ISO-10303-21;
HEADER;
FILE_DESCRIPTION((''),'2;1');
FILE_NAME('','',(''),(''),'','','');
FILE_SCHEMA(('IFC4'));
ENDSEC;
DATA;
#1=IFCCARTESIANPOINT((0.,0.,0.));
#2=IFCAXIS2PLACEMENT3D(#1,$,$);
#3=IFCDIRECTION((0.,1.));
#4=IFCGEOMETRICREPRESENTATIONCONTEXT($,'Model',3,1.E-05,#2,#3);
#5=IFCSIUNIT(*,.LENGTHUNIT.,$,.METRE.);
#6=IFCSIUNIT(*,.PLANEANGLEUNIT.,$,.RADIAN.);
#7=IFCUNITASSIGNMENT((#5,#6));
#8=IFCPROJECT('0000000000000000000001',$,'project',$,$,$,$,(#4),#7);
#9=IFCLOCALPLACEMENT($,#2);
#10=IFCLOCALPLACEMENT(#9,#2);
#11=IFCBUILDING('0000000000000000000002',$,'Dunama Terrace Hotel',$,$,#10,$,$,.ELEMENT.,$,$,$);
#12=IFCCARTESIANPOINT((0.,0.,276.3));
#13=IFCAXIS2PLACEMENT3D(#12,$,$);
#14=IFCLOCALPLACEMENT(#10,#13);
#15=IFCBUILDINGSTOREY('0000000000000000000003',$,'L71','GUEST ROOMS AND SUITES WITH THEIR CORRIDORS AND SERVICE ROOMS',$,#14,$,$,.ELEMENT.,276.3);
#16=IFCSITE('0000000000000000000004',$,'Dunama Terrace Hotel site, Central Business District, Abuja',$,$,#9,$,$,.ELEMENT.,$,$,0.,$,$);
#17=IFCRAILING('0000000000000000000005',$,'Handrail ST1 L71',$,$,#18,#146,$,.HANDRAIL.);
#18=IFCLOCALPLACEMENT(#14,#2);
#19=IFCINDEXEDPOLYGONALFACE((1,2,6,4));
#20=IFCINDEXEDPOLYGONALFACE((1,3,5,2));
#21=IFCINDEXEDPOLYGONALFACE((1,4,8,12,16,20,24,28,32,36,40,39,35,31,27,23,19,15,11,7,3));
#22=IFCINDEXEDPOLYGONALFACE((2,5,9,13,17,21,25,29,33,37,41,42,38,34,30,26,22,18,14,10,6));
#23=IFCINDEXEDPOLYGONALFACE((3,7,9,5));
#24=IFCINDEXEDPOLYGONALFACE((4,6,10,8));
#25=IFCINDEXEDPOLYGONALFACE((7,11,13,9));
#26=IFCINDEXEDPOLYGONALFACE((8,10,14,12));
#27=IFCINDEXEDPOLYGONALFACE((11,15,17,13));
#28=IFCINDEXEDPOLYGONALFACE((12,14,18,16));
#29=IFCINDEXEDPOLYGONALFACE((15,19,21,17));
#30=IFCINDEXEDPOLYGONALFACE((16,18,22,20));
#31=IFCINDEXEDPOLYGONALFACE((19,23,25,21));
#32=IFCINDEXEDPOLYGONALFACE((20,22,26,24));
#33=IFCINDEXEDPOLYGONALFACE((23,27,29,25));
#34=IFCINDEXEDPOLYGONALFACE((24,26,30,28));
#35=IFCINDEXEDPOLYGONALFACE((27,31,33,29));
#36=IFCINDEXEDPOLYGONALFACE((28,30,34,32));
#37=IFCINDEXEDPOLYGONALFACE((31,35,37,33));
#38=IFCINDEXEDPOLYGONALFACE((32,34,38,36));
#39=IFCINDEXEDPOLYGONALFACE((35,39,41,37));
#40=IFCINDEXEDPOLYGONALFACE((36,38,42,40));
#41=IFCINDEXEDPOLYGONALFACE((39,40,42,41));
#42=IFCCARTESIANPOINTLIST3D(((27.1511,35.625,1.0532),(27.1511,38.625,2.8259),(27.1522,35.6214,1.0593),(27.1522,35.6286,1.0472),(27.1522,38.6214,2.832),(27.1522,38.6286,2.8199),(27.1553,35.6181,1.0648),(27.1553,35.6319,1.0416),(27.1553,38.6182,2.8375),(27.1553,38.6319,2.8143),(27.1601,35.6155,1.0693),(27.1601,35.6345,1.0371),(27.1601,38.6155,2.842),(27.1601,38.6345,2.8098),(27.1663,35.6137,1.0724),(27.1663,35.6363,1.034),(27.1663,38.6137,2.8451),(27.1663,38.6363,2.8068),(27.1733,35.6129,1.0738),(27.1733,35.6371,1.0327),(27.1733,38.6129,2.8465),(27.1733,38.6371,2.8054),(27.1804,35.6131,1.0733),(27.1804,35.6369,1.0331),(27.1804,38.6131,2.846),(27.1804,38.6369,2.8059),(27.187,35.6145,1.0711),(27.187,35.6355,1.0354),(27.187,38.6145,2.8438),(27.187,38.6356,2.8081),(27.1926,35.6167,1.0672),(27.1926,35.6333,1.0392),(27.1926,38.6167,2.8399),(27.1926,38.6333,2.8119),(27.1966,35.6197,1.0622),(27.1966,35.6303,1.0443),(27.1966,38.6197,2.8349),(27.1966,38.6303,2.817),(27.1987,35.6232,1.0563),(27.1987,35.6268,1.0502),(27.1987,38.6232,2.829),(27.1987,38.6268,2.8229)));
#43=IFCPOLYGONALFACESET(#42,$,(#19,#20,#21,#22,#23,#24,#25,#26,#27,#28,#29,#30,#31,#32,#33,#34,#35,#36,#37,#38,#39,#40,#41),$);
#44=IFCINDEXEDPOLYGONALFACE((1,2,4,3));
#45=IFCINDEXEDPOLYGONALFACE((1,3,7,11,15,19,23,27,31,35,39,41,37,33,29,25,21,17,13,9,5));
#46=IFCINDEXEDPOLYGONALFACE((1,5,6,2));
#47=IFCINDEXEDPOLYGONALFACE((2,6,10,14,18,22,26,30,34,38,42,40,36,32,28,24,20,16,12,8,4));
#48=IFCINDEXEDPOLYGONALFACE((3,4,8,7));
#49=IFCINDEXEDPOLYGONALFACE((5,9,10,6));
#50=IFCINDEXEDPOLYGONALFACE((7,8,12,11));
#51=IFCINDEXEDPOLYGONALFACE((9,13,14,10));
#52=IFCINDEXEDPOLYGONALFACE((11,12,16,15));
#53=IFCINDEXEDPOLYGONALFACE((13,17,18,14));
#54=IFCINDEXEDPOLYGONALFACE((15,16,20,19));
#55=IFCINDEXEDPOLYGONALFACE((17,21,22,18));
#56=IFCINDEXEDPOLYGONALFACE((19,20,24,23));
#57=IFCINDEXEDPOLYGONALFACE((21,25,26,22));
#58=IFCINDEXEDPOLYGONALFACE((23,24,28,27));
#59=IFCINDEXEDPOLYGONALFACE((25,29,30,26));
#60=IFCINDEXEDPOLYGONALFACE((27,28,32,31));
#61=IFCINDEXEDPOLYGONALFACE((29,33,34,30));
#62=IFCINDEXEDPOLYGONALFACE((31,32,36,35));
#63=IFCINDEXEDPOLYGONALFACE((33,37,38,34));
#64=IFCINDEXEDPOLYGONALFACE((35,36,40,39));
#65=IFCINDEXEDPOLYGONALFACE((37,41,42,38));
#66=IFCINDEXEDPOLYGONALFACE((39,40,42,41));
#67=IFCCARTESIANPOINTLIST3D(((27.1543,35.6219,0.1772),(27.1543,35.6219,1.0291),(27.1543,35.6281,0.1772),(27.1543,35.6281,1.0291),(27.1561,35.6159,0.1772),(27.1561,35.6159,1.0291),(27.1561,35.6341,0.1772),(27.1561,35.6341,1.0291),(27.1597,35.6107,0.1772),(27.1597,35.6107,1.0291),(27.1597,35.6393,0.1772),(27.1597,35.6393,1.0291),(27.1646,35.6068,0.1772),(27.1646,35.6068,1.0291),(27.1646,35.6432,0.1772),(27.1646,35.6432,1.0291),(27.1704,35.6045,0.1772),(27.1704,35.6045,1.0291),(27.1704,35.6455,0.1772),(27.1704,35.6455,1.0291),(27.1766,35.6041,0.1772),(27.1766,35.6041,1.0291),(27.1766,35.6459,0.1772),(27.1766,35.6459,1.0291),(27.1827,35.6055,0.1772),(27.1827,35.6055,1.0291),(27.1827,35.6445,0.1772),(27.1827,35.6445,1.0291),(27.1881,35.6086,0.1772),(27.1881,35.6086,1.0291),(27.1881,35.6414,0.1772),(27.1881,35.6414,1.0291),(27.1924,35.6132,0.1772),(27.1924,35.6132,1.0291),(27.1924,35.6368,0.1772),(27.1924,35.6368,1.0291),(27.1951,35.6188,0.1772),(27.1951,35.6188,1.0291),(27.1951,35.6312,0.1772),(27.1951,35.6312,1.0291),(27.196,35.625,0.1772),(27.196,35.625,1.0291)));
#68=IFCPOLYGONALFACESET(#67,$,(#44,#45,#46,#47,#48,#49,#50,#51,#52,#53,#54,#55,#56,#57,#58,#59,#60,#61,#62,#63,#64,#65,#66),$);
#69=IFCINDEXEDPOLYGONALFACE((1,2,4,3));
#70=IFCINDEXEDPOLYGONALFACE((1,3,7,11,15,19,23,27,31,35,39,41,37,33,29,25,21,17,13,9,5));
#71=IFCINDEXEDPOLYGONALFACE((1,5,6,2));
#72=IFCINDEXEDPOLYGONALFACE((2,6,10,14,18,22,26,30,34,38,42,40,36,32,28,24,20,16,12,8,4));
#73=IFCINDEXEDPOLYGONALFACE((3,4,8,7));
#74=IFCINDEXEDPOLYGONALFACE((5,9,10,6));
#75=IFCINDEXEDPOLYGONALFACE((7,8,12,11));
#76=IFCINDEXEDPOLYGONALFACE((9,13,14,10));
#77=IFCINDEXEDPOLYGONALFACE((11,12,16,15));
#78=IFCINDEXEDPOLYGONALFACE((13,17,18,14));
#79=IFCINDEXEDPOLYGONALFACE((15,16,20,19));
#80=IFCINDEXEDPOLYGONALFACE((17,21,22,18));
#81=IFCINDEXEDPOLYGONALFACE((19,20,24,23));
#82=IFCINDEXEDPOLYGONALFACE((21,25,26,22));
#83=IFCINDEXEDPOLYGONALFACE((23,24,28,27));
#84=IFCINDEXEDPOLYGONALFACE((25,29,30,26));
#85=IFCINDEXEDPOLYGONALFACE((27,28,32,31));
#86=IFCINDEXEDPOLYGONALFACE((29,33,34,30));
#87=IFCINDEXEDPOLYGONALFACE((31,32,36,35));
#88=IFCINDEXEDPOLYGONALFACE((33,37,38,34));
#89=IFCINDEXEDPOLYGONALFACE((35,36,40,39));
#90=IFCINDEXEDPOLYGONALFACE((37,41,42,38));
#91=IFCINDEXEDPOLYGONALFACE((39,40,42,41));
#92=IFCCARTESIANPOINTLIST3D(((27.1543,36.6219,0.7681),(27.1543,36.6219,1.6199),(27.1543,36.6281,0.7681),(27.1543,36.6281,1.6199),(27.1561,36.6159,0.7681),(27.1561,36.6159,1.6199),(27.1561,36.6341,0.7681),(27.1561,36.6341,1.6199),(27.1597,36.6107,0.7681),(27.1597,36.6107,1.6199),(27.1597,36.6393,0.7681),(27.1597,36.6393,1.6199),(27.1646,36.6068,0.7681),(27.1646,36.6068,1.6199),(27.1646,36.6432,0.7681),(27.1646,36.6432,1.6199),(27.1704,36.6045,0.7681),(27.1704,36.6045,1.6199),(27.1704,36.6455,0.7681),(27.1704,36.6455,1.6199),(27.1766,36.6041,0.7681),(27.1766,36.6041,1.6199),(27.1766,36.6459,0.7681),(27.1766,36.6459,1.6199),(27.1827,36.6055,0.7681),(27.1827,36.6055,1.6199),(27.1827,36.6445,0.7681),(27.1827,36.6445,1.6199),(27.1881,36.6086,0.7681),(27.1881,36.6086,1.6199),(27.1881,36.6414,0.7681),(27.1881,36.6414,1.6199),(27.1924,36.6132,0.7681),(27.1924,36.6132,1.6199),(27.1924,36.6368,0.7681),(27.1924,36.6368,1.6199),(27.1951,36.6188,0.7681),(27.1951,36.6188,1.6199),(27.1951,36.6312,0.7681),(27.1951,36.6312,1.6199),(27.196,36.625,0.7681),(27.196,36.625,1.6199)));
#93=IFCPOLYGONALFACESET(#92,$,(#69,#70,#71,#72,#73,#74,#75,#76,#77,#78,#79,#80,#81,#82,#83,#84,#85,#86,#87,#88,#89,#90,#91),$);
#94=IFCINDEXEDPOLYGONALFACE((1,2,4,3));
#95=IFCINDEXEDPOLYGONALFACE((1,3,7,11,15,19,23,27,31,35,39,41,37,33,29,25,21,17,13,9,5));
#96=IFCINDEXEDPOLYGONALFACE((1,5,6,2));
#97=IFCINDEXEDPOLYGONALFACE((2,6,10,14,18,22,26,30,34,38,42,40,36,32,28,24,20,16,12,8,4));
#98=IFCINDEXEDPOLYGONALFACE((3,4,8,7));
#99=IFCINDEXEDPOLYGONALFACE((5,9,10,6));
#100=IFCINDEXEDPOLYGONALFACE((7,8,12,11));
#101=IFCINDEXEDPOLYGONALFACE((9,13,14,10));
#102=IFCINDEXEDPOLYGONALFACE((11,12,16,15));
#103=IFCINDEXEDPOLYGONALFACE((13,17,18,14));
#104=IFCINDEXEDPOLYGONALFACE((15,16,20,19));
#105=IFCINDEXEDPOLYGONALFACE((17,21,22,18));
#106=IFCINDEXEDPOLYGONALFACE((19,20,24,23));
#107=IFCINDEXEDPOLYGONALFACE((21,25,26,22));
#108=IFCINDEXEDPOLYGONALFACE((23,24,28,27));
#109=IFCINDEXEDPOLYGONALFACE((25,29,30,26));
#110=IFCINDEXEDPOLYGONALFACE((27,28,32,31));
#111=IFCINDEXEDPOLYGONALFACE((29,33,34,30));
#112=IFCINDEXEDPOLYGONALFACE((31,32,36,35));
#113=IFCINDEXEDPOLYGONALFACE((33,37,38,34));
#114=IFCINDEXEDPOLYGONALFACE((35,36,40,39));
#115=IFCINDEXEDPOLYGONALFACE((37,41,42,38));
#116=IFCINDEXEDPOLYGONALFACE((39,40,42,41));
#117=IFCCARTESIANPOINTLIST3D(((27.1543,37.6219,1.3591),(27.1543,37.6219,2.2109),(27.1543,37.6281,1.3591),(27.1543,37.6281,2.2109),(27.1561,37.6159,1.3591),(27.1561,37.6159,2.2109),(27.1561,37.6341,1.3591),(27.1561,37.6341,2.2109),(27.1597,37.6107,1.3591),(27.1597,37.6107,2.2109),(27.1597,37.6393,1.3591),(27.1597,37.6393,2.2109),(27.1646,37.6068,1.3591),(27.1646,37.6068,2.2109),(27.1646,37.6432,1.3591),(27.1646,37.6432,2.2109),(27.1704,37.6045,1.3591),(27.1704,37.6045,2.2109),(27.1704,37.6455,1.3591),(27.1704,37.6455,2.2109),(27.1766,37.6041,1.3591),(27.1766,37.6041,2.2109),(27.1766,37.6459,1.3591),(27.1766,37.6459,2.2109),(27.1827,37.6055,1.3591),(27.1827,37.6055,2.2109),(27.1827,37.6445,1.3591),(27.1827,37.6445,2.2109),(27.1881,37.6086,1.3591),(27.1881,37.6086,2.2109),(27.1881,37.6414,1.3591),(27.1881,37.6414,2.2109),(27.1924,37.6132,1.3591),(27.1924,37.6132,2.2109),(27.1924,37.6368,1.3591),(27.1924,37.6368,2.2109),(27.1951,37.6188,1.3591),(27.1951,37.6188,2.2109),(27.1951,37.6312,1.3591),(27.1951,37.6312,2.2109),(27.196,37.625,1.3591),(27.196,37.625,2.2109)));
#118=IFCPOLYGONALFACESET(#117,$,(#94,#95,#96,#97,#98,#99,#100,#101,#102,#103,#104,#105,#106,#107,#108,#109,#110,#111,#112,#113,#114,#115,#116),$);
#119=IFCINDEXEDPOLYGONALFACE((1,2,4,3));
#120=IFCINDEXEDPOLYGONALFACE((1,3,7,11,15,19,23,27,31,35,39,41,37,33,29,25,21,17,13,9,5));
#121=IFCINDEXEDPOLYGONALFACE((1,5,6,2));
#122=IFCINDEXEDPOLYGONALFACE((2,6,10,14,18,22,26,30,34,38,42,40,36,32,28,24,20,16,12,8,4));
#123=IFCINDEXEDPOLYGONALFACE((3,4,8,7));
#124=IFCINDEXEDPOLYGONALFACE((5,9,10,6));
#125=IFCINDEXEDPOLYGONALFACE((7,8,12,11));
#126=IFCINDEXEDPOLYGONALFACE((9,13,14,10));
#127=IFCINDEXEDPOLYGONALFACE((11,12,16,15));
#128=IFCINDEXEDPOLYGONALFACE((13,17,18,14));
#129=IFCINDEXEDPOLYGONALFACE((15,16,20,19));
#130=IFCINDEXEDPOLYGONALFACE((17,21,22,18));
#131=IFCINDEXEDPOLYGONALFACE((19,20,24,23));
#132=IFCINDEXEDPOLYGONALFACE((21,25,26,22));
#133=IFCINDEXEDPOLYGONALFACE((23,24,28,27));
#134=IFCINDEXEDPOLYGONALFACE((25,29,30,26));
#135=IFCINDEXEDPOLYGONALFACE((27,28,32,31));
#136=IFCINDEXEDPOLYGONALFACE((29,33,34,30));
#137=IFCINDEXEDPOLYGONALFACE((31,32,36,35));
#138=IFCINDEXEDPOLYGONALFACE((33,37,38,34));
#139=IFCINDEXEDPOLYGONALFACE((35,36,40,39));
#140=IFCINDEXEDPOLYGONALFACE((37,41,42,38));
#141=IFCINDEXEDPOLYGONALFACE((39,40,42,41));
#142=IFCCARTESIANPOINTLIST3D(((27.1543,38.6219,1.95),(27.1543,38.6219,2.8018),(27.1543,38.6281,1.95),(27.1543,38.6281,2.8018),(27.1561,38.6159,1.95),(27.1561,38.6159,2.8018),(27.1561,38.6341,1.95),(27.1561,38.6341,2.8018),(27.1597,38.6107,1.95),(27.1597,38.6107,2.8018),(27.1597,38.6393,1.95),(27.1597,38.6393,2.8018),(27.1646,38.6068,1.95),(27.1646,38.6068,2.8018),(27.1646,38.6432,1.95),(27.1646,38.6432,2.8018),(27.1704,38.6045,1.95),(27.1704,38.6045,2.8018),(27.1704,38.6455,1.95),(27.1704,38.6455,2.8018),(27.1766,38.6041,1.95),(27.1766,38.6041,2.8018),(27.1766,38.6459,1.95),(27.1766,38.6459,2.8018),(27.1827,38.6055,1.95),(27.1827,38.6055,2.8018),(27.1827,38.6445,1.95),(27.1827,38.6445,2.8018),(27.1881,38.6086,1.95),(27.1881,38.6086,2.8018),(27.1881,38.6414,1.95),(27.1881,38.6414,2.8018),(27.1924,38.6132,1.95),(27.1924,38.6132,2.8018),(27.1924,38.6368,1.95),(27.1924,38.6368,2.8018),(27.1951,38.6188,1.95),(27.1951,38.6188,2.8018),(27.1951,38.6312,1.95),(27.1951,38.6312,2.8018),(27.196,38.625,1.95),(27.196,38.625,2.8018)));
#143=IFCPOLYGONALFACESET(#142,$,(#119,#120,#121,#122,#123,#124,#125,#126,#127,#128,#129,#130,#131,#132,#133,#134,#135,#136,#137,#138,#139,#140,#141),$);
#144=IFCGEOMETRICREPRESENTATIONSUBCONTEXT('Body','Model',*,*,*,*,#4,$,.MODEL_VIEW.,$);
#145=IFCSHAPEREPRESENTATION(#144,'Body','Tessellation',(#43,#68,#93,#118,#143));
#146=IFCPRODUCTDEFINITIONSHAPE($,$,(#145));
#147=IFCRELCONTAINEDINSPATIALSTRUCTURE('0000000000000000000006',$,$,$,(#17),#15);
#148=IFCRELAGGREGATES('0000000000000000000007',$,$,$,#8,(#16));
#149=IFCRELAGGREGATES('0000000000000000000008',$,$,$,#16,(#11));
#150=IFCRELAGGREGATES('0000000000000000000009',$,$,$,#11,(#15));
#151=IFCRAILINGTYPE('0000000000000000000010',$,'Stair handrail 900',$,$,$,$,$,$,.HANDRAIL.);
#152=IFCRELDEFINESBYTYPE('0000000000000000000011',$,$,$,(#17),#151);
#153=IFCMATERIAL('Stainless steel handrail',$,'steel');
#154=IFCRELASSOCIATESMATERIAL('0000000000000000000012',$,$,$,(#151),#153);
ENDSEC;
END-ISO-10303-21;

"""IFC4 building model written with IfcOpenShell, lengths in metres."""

from ifc_helpers import new_model, si_unit, direction, frame, origin, origin_2d, place, context, subcontext, project, spatial, circle, extrude, material, type_object, element, save


model = new_model("IFC4")

# Units and contexts
model_context = context("Model", 3, precision=1e-05, world=origin(), true_north=direction((0.0, 1.0)))
body_context = subcontext(model_context, "Body", "Model", "MODEL_VIEW")
ifc_project = project(units=[si_unit("LENGTHUNIT", "METRE"), si_unit("PLANEANGLEUNIT", "RADIAN")], contexts=[model_context])

# Site, building, storey
site_placement = place(None, origin())
site = spatial("IfcSite", under=ifc_project, at=site_placement, Name="Dunama Terrace Hotel site, Central Business District, Abuja", CompositionType="ELEMENT", RefElevation=0.0)
building_placement = place(site_placement, origin())
building = spatial("IfcBuilding", under=site, at=building_placement, Name="Dunama Terrace Hotel", CompositionType="ELEMENT")
storey_placement = place(building_placement, frame((0.0, 0.0, 276.3)))
storey = spatial("IfcBuildingStorey", under=building, at=storey_placement, Name="L71", Description="GUEST ROOMS AND SUITES WITH THEIR CORRIDORS AND SERVICE ROOMS", CompositionType="ELEMENT", Elevation=276.3)

# Railing
ifc_material_1 = material(Name="Stainless steel handrail", Category="steel")
railing_type = type_object("IfcRailingType", Name="Stair handrail 900", PredefinedType="HANDRAIL", material=ifc_material_1)
railing_1_placement = place(storey_placement, frame((27.175, 35.625, 0.1772)))
element("IfcRailing", 1, at=railing_1_placement, inside=storey, type_object=railing_type, Name="Handrail ST1 L71", PredefinedType="HANDRAIL", context=body_context, shape_type="SweptSolid", body=[
    extrude(circle(Radius=0.0239, at=origin_2d()), frame((0.0, 0.0, 0.876), z_axis=(0.0, 0.860929, 0.508725), x_axis=(-1.0, 0.0, 0.0)), (0.0, 0.0, 1.0), 3.4846),
    extrude(circle(Radius=0.021, at=origin_2d()), origin(), (0.0, 0.0, 1.0), 0.8518),
    extrude(circle(Radius=0.021, at=origin_2d()), frame((0.0, 1.0, 0.5908)), (0.0, 0.0, 1.0), 0.8518),
    extrude(circle(Radius=0.021, at=origin_2d()), frame((0.0, 2.0, 1.1819)), (0.0, 0.0, 1.0), 0.8518),
    extrude(circle(Radius=0.021, at=origin_2d()), frame((0.0, 3.0, 1.7727)), (0.0, 0.0, 1.0), 0.8518),
])

save(model, "model.ifc")
